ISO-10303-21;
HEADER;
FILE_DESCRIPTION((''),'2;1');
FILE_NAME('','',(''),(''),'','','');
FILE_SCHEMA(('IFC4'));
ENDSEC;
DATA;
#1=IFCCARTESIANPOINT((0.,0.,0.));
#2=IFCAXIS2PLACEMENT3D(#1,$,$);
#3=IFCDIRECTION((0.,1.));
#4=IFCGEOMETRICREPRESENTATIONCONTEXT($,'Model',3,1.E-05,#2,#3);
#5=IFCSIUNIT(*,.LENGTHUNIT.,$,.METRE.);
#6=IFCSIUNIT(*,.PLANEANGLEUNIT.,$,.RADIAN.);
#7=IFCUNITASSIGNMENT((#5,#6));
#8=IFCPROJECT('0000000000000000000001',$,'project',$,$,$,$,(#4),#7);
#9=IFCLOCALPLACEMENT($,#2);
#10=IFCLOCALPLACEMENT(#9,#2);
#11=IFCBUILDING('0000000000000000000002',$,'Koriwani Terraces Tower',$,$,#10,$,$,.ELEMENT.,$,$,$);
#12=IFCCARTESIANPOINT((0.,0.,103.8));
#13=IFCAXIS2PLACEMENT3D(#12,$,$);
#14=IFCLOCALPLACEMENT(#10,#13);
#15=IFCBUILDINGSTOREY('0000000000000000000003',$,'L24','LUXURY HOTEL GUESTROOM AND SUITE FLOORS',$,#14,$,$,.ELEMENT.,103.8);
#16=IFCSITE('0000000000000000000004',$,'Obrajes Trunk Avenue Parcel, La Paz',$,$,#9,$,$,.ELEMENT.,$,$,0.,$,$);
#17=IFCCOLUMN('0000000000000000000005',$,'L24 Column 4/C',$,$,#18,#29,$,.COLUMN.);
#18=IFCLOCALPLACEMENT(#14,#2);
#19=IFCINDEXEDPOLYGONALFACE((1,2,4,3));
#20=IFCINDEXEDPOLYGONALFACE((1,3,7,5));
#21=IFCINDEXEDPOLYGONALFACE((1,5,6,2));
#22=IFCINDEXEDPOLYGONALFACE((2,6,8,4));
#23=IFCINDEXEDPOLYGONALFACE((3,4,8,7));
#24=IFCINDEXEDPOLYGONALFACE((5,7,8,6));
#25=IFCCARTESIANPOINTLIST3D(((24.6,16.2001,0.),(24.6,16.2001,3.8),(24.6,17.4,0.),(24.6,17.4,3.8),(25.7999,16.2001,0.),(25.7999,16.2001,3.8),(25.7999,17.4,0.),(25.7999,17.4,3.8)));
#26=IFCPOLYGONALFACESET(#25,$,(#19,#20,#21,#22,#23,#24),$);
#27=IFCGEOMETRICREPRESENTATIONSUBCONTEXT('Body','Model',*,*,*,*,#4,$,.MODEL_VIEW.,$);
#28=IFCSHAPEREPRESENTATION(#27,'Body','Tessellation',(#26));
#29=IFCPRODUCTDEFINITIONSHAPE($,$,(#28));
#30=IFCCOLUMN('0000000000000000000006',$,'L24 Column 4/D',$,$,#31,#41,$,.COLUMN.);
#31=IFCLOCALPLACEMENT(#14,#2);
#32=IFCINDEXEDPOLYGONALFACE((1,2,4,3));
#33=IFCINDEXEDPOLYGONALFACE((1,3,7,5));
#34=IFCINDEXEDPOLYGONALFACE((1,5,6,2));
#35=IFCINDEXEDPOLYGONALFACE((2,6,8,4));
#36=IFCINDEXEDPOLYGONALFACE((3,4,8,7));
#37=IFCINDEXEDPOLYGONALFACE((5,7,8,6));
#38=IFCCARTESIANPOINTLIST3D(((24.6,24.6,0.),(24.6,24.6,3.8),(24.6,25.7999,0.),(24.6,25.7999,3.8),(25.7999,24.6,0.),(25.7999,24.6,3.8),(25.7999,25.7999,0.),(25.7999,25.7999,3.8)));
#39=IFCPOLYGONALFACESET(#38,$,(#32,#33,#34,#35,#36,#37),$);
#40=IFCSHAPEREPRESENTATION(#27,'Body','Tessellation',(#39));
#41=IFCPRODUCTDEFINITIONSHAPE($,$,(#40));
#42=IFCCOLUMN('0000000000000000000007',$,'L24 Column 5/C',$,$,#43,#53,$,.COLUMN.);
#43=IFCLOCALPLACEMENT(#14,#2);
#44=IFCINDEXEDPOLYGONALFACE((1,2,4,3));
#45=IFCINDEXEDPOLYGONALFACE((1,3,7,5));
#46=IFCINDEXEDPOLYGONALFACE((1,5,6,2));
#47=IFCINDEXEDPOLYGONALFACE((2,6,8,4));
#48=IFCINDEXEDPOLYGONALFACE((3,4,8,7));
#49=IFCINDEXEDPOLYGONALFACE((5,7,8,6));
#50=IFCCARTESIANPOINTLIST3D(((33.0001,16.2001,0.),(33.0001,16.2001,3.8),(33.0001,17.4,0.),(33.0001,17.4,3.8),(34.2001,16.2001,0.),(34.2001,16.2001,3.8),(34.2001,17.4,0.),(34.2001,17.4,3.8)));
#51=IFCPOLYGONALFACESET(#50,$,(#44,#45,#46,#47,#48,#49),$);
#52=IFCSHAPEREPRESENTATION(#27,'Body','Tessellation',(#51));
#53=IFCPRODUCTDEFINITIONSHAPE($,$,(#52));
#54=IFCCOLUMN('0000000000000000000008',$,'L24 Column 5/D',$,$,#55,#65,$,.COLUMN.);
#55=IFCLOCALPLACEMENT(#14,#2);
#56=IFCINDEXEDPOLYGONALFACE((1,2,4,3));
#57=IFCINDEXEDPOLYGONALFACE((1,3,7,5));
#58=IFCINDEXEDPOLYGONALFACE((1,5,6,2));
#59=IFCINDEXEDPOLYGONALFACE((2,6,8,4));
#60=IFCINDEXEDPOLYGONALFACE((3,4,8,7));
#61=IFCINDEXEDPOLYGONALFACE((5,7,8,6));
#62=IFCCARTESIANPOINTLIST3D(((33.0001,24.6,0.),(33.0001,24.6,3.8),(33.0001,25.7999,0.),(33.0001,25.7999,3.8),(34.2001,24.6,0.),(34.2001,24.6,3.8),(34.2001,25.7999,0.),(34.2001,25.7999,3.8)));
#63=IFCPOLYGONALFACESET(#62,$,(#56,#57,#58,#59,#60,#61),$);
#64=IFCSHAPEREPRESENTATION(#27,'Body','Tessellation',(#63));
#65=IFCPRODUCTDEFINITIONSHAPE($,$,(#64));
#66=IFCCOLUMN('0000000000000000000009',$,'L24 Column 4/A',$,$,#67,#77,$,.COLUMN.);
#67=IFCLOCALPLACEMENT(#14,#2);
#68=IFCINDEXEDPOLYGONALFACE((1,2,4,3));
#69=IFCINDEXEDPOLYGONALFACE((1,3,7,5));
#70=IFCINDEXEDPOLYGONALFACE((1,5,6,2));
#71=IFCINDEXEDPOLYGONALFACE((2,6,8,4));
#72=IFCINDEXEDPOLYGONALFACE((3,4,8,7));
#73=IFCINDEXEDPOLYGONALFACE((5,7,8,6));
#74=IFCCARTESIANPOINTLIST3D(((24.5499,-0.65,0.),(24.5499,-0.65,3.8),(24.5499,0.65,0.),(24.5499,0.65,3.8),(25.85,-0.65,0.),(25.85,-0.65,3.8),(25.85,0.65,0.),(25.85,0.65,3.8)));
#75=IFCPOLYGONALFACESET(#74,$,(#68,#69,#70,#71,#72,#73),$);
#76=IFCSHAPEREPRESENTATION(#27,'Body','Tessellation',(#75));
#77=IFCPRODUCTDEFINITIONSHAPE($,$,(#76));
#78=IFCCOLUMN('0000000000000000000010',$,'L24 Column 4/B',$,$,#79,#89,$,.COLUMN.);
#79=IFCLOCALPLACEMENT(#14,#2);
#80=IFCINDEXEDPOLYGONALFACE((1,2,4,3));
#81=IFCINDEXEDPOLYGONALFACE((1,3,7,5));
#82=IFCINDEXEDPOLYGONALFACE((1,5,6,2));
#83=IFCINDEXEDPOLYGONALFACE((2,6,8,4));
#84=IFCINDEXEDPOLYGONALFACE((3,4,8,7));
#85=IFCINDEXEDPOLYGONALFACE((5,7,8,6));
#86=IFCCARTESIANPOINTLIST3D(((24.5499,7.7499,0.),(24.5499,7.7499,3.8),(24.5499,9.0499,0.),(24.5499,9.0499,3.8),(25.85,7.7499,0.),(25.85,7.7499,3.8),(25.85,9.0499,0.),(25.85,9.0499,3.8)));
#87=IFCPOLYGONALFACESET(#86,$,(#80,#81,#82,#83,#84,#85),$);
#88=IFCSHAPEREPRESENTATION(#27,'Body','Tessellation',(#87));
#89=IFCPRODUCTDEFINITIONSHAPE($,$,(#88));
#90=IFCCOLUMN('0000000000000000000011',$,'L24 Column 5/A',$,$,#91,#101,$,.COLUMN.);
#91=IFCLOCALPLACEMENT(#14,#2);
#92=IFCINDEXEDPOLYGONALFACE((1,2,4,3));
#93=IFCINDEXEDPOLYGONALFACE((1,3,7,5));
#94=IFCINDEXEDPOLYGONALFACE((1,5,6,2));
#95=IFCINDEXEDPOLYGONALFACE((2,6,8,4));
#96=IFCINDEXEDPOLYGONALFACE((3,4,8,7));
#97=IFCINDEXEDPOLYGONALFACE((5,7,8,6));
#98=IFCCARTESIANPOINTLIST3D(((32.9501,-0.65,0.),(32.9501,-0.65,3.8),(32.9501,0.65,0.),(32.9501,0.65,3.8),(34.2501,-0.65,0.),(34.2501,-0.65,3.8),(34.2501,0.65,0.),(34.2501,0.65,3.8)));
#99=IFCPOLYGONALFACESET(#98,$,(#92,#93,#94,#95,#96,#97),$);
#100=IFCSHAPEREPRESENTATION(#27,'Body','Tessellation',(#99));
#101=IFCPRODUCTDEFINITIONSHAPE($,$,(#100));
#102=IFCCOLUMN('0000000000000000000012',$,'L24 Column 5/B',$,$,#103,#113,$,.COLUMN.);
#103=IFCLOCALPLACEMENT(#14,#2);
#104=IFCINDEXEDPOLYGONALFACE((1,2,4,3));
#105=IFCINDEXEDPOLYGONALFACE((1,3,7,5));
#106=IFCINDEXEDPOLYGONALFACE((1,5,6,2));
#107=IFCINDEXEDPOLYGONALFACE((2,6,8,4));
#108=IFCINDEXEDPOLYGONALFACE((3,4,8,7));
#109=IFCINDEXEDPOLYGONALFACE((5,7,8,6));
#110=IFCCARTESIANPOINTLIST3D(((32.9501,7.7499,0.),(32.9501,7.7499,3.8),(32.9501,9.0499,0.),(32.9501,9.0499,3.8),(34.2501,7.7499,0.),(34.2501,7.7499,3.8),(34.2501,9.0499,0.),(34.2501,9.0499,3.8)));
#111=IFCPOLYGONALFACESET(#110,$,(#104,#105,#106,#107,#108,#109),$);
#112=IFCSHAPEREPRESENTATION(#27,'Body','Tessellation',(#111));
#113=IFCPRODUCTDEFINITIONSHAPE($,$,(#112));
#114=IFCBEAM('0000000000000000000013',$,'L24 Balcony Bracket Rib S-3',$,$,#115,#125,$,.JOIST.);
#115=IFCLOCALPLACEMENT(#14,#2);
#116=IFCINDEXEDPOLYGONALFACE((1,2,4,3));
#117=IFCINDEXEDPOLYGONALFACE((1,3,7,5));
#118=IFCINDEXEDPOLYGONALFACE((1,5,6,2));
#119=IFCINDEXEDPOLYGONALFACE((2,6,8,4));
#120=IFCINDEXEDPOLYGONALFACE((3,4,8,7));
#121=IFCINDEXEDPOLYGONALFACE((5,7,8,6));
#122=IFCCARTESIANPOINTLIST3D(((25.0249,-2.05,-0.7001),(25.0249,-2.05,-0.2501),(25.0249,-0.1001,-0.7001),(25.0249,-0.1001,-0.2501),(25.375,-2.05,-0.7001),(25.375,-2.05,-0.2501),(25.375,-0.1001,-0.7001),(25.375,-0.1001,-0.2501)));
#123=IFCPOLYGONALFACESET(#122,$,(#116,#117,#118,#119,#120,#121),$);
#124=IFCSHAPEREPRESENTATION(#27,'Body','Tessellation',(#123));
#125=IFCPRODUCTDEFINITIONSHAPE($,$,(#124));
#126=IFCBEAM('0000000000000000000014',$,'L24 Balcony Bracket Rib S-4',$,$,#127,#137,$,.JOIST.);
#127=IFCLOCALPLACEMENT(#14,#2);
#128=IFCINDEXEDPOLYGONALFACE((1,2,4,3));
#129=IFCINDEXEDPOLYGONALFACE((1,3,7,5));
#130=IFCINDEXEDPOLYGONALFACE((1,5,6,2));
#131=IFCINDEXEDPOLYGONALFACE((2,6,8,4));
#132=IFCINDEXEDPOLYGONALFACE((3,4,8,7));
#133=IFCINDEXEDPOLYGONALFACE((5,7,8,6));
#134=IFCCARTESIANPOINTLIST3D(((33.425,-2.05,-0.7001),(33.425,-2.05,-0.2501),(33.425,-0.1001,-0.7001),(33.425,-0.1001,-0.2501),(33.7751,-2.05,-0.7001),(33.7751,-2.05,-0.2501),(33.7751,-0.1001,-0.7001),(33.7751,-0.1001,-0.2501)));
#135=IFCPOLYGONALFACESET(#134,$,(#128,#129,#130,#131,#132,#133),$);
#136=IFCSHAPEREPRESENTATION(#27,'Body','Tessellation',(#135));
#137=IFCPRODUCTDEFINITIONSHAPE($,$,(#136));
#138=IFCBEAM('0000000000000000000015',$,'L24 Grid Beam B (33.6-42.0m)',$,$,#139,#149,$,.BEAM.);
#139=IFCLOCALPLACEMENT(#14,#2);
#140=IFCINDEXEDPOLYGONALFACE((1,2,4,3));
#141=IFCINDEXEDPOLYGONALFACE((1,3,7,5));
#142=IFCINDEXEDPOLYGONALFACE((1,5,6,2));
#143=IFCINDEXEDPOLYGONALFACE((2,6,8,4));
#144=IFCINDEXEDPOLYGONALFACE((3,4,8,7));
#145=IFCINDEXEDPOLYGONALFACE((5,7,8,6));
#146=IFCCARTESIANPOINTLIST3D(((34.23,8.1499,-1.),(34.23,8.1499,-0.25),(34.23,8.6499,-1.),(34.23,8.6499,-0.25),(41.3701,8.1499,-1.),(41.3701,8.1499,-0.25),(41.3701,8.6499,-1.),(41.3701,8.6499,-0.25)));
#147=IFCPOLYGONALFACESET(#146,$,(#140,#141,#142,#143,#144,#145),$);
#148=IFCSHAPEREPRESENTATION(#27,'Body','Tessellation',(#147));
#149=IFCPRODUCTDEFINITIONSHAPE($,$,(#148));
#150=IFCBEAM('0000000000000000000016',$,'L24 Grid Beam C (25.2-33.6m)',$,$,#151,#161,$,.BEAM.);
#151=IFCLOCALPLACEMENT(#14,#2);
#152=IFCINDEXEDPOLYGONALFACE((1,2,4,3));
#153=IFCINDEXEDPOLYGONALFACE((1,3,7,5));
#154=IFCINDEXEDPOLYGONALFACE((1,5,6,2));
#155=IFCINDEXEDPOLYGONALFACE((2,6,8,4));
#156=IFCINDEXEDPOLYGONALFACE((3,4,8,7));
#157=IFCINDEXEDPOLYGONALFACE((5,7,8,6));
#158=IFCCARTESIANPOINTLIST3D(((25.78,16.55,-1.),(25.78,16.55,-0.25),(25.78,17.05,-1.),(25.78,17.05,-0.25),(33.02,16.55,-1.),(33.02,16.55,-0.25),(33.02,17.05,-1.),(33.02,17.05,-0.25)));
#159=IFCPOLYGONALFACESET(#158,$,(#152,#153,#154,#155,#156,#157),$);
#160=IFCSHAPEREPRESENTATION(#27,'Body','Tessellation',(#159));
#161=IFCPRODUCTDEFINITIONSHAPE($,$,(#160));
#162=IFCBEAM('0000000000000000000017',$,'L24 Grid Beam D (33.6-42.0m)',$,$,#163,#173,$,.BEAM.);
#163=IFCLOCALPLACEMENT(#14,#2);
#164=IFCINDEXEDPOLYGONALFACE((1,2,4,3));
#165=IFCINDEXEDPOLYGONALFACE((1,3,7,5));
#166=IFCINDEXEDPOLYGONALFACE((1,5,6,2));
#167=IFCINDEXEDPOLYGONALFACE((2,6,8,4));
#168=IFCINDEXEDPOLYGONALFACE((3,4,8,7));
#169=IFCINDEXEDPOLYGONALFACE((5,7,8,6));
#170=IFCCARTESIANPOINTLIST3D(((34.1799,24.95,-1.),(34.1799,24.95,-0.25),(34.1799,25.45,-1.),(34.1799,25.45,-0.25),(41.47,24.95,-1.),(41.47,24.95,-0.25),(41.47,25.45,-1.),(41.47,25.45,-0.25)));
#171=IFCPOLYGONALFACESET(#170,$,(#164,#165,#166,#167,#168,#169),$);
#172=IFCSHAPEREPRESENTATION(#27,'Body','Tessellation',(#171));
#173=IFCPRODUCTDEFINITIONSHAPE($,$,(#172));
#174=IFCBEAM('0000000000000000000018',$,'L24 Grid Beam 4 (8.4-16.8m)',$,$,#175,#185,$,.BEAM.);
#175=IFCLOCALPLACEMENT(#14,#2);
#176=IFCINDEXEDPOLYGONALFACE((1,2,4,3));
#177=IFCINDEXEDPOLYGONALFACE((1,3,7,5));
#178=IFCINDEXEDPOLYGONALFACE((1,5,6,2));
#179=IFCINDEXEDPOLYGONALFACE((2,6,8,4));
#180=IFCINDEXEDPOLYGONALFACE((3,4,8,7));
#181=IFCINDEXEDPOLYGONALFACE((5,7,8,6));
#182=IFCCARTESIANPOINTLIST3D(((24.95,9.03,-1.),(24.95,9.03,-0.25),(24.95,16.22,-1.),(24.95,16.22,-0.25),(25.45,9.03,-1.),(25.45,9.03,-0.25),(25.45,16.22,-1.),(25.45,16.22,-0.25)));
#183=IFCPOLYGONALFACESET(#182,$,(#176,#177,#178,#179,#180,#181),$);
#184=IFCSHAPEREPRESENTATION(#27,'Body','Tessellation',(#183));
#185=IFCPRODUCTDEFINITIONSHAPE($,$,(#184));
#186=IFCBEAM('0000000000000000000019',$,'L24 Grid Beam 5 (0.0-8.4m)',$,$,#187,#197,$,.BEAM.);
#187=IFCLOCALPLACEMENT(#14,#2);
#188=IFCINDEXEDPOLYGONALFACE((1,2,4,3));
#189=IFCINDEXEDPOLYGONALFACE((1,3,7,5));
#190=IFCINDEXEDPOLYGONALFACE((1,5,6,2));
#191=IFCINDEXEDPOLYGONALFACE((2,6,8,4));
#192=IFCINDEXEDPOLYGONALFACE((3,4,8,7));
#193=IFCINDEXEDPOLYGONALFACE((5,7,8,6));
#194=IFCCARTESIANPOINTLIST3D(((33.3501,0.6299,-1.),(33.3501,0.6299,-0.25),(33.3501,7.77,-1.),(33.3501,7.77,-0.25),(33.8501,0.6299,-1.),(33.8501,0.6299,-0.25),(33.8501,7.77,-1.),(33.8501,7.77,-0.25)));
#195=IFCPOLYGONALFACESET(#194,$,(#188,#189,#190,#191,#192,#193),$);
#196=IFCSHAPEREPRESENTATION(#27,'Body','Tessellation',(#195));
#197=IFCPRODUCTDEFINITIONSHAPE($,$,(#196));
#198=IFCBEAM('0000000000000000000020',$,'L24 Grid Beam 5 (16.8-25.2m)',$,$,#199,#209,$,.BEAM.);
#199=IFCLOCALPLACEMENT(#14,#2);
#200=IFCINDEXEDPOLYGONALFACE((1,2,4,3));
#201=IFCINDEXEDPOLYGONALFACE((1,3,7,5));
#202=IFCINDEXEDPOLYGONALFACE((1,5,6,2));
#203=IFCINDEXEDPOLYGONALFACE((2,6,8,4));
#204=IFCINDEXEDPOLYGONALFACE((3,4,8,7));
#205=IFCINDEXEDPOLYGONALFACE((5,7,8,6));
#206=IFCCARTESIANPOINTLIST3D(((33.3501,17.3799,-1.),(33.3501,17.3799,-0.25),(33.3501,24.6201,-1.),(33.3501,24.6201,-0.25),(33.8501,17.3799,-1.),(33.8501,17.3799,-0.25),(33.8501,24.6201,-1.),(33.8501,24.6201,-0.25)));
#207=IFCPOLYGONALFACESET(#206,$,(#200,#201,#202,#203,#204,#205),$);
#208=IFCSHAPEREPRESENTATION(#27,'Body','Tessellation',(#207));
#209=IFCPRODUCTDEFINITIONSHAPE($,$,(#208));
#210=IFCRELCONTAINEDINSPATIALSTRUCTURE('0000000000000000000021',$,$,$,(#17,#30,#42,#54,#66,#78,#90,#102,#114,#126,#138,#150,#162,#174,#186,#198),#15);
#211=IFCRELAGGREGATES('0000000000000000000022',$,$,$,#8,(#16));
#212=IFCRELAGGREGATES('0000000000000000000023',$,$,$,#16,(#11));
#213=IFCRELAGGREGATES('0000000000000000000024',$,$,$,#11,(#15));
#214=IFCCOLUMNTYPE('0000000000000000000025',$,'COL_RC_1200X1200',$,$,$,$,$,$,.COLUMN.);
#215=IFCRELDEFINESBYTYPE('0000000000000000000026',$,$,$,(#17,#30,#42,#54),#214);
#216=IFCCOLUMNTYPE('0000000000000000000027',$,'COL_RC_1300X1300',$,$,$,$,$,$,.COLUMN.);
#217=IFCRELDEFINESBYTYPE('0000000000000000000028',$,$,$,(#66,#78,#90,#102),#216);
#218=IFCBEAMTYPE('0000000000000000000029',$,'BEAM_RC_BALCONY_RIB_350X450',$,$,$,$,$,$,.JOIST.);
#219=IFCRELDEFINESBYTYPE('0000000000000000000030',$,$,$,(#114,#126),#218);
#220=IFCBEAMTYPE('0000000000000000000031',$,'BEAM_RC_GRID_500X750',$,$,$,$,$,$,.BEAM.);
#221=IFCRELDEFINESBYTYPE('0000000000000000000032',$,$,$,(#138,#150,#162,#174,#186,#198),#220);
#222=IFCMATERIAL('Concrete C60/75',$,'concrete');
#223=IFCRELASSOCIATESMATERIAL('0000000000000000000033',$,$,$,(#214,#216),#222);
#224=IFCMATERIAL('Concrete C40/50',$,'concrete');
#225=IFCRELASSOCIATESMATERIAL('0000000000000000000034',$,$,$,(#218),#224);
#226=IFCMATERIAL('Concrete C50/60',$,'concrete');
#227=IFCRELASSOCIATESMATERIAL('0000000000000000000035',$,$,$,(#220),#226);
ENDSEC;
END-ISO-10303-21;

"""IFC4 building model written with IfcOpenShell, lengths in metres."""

from ifc_helpers import new_model, si_unit, direction, frame, origin, origin_2d, place, context, subcontext, project, spatial, rectangle, extrude, material, material_profile, profile_set, type_object, element, save


model = new_model("IFC4")

# Units and contexts
model_context = context("Model", 3, precision=1e-05, world=origin(), true_north=direction((0.0, 1.0)))
body_context = subcontext(model_context, "Body", "Model", "MODEL_VIEW")
ifc_project = project(units=[si_unit("LENGTHUNIT", "METRE"), si_unit("PLANEANGLEUNIT", "RADIAN")], contexts=[model_context])

# Site, building, storey
site_placement = place(None, origin())
site = spatial("IfcSite", under=ifc_project, at=site_placement, Name="Obrajes Trunk Avenue Parcel, La Paz", CompositionType="ELEMENT", RefElevation=0.0)
building_placement = place(site_placement, origin())
building = spatial("IfcBuilding", under=site, at=building_placement, Name="Koriwani Terraces Tower", CompositionType="ELEMENT")
storey_placement = place(building_placement, frame((0.0, 0.0, 103.8)))
storey = spatial("IfcBuildingStorey", under=building, at=storey_placement, Name="L24", Description="LUXURY HOTEL GUESTROOM AND SUITE FLOORS", CompositionType="ELEMENT", Elevation=103.8)

# Columns
ifc_material_1 = material(Name="Concrete C60/75", Category="concrete")
ifc_material_profile_1 = material_profile(ifc_material_1, rectangle(XDim=1.2, YDim=1.2, at=origin_2d()), Name="Concrete C60/75", Category="LoadBearing")
ifc_profile_set_1 = profile_set([ifc_material_profile_1], Name="Concrete C60/75")
column_type_1 = type_object("IfcColumnType", Name="COL_RC_1200X1200", PredefinedType="COLUMN", material=ifc_profile_set_1)
for number, where, z_axis, x_axis, name in (
    (1, (25.2, 16.8, 0.0), (0.0, 0.0, 1.0), (1.0, 0.0, 0.0), "L24 Column 4/C"),
    (2, (25.2, 25.2, 0.0), (0.0, 0.0, 1.0), (1.0, 0.0, 0.0), "L24 Column 4/D"),
    (3, (33.6001, 16.8, 0.0), (0.0, 0.0, 1.0), (1.0, 0.0, 0.0), "L24 Column 5/C"),
    (4, (33.6001, 25.2, 0.0), (0.0, 0.0, 1.0), (1.0, 0.0, 0.0), "L24 Column 5/D"),
):
    element("IfcColumn", number, at=place(storey_placement, frame(where, z_axis=z_axis, x_axis=x_axis)), inside=storey, type_object=column_type_1, Name=name, PredefinedType="COLUMN", context=body_context, shape_type="SweptSolid", body=[
        extrude(rectangle(XDim=1.2, YDim=1.2, at=origin_2d()), origin(), (0.0, 0.0, 1.0), 3.8),
    ])
ifc_material_profile_2 = material_profile(ifc_material_1, rectangle(XDim=1.3, YDim=1.3, at=origin_2d()), Name="Concrete C60/75", Category="LoadBearing")
ifc_profile_set_2 = profile_set([ifc_material_profile_2], Name="Concrete C60/75")
column_type_2 = type_object("IfcColumnType", Name="COL_RC_1300X1300", PredefinedType="COLUMN", material=ifc_profile_set_2)
for number, where, z_axis, x_axis, name in (
    (5, (25.2, 0.0, 0.0), (0.0, 0.0, 1.0), (1.0, 0.0, 0.0), "L24 Column 4/A"),
    (6, (25.2, 8.3999, 0.0), (0.0, 0.0, 1.0), (1.0, 0.0, 0.0), "L24 Column 4/B"),
    (7, (33.6001, 0.0, 0.0), (0.0, 0.0, 1.0), (1.0, 0.0, 0.0), "L24 Column 5/A"),
    (8, (33.6001, 8.3999, 0.0), (0.0, 0.0, 1.0), (1.0, 0.0, 0.0), "L24 Column 5/B"),
):
    element("IfcColumn", number, at=place(storey_placement, frame(where, z_axis=z_axis, x_axis=x_axis)), inside=storey, type_object=column_type_2, Name=name, PredefinedType="COLUMN", context=body_context, shape_type="SweptSolid", body=[
        extrude(rectangle(XDim=1.3, YDim=1.3, at=origin_2d()), origin(), (0.0, 0.0, 1.0), 3.8),
    ])

# Beams
ifc_material_2 = material(Name="Concrete C40/50", Category="concrete")
ifc_material_profile_3 = material_profile(ifc_material_2, rectangle(XDim=0.3501, YDim=0.45, at=origin_2d()), Name="Concrete C40/50", Category="LoadBearing")
ifc_profile_set_3 = profile_set([ifc_material_profile_3], Name="Concrete C40/50")
beam_type_1 = type_object("IfcBeamType", Name="BEAM_RC_BALCONY_RIB_350X450", PredefinedType="JOIST", material=ifc_profile_set_3)
for number, where, z_axis, x_axis, name in (
    (9, (25.2, -2.05, -0.4751), (0.0, 1.0, 0.0), (-1.0, 0.0, 0.0), "L24 Balcony Bracket Rib S-3"),
    (10, (33.6001, -2.05, -0.4751), (0.0, 1.0, 0.0), (-1.0, 0.0, 0.0), "L24 Balcony Bracket Rib S-4"),
):
    element("IfcBeam", number, at=place(storey_placement, frame(where, z_axis=z_axis, x_axis=x_axis)), inside=storey, type_object=beam_type_1, Name=name, PredefinedType="JOIST", context=body_context, shape_type="SweptSolid", body=[
        extrude(rectangle(XDim=0.3501, YDim=0.45, at=origin_2d()), origin(), (0.0, 0.0, 1.0), 1.95),
    ])
ifc_material_3 = material(Name="Concrete C50/60", Category="concrete")
ifc_material_profile_4 = material_profile(ifc_material_3, rectangle(XDim=0.5, YDim=0.75, at=origin_2d()), Name="Concrete C50/60", Category="LoadBearing")
ifc_profile_set_4 = profile_set([ifc_material_profile_4], Name="Concrete C50/60")
beam_type_2 = type_object("IfcBeamType", Name="BEAM_RC_GRID_500X750", PredefinedType="BEAM", material=ifc_profile_set_4)
beam_1_placement = place(storey_placement, frame((34.23, 8.3999, -0.625), z_axis=(1.0, 0.0, 0.0), x_axis=(0.0, 1.0, 0.0)))
element("IfcBeam", 11, at=beam_1_placement, inside=storey, type_object=beam_type_2, Name="L24 Grid Beam B (33.6-42.0m)", PredefinedType="BEAM", context=body_context, shape_type="SweptSolid", body=[
    extrude(rectangle(XDim=0.5, YDim=0.75, at=origin_2d()), origin(), (0.0, 0.0, 1.0), 7.1401),
])
beam_2_placement = place(storey_placement, frame((25.78, 16.8, -0.625), z_axis=(1.0, 0.0, 0.0), x_axis=(0.0, 1.0, 0.0)))
element("IfcBeam", 12, at=beam_2_placement, inside=storey, type_object=beam_type_2, Name="L24 Grid Beam C (25.2-33.6m)", PredefinedType="BEAM", context=body_context, shape_type="SweptSolid", body=[
    extrude(rectangle(XDim=0.5, YDim=0.75, at=origin_2d()), origin(), (0.0, 0.0, 1.0), 7.24),
])
beam_3_placement = place(storey_placement, frame((34.1799, 25.2, -0.625), z_axis=(1.0, 0.0, 0.0), x_axis=(0.0, 1.0, 0.0)))
element("IfcBeam", 13, at=beam_3_placement, inside=storey, type_object=beam_type_2, Name="L24 Grid Beam D (33.6-42.0m)", PredefinedType="BEAM", context=body_context, shape_type="SweptSolid", body=[
    extrude(rectangle(XDim=0.5, YDim=0.75, at=origin_2d()), origin(), (0.0, 0.0, 1.0), 7.29),
])
beam_4_placement = place(storey_placement, frame((25.2, 9.03, -0.625), z_axis=(0.0, 1.0, 0.0), x_axis=(-1.0, 0.0, 0.0)))
element("IfcBeam", 14, at=beam_4_placement, inside=storey, type_object=beam_type_2, Name="L24 Grid Beam 4 (8.4-16.8m)", PredefinedType="BEAM", context=body_context, shape_type="SweptSolid", body=[
    extrude(rectangle(XDim=0.5, YDim=0.75, at=origin_2d()), origin(), (0.0, 0.0, 1.0), 7.1899),
])
beam_5_placement = place(storey_placement, frame((33.6001, 0.6299, -0.625), z_axis=(0.0, 1.0, 0.0), x_axis=(-1.0, 0.0, 0.0)))
element("IfcBeam", 15, at=beam_5_placement, inside=storey, type_object=beam_type_2, Name="L24 Grid Beam 5 (0.0-8.4m)", PredefinedType="BEAM", context=body_context, shape_type="SweptSolid", body=[
    extrude(rectangle(XDim=0.5, YDim=0.75, at=origin_2d()), origin(), (0.0, 0.0, 1.0), 7.1401),
])
beam_6_placement = place(storey_placement, frame((33.6001, 17.3799, -0.625), z_axis=(0.0, 1.0, 0.0), x_axis=(-1.0, 0.0, 0.0)))
element("IfcBeam", 16, at=beam_6_placement, inside=storey, type_object=beam_type_2, Name="L24 Grid Beam 5 (16.8-25.2m)", PredefinedType="BEAM", context=body_context, shape_type="SweptSolid", body=[
    extrude(rectangle(XDim=0.5, YDim=0.75, at=origin_2d()), origin(), (0.0, 0.0, 1.0), 7.2402),
])

save(model, "model.ifc")
